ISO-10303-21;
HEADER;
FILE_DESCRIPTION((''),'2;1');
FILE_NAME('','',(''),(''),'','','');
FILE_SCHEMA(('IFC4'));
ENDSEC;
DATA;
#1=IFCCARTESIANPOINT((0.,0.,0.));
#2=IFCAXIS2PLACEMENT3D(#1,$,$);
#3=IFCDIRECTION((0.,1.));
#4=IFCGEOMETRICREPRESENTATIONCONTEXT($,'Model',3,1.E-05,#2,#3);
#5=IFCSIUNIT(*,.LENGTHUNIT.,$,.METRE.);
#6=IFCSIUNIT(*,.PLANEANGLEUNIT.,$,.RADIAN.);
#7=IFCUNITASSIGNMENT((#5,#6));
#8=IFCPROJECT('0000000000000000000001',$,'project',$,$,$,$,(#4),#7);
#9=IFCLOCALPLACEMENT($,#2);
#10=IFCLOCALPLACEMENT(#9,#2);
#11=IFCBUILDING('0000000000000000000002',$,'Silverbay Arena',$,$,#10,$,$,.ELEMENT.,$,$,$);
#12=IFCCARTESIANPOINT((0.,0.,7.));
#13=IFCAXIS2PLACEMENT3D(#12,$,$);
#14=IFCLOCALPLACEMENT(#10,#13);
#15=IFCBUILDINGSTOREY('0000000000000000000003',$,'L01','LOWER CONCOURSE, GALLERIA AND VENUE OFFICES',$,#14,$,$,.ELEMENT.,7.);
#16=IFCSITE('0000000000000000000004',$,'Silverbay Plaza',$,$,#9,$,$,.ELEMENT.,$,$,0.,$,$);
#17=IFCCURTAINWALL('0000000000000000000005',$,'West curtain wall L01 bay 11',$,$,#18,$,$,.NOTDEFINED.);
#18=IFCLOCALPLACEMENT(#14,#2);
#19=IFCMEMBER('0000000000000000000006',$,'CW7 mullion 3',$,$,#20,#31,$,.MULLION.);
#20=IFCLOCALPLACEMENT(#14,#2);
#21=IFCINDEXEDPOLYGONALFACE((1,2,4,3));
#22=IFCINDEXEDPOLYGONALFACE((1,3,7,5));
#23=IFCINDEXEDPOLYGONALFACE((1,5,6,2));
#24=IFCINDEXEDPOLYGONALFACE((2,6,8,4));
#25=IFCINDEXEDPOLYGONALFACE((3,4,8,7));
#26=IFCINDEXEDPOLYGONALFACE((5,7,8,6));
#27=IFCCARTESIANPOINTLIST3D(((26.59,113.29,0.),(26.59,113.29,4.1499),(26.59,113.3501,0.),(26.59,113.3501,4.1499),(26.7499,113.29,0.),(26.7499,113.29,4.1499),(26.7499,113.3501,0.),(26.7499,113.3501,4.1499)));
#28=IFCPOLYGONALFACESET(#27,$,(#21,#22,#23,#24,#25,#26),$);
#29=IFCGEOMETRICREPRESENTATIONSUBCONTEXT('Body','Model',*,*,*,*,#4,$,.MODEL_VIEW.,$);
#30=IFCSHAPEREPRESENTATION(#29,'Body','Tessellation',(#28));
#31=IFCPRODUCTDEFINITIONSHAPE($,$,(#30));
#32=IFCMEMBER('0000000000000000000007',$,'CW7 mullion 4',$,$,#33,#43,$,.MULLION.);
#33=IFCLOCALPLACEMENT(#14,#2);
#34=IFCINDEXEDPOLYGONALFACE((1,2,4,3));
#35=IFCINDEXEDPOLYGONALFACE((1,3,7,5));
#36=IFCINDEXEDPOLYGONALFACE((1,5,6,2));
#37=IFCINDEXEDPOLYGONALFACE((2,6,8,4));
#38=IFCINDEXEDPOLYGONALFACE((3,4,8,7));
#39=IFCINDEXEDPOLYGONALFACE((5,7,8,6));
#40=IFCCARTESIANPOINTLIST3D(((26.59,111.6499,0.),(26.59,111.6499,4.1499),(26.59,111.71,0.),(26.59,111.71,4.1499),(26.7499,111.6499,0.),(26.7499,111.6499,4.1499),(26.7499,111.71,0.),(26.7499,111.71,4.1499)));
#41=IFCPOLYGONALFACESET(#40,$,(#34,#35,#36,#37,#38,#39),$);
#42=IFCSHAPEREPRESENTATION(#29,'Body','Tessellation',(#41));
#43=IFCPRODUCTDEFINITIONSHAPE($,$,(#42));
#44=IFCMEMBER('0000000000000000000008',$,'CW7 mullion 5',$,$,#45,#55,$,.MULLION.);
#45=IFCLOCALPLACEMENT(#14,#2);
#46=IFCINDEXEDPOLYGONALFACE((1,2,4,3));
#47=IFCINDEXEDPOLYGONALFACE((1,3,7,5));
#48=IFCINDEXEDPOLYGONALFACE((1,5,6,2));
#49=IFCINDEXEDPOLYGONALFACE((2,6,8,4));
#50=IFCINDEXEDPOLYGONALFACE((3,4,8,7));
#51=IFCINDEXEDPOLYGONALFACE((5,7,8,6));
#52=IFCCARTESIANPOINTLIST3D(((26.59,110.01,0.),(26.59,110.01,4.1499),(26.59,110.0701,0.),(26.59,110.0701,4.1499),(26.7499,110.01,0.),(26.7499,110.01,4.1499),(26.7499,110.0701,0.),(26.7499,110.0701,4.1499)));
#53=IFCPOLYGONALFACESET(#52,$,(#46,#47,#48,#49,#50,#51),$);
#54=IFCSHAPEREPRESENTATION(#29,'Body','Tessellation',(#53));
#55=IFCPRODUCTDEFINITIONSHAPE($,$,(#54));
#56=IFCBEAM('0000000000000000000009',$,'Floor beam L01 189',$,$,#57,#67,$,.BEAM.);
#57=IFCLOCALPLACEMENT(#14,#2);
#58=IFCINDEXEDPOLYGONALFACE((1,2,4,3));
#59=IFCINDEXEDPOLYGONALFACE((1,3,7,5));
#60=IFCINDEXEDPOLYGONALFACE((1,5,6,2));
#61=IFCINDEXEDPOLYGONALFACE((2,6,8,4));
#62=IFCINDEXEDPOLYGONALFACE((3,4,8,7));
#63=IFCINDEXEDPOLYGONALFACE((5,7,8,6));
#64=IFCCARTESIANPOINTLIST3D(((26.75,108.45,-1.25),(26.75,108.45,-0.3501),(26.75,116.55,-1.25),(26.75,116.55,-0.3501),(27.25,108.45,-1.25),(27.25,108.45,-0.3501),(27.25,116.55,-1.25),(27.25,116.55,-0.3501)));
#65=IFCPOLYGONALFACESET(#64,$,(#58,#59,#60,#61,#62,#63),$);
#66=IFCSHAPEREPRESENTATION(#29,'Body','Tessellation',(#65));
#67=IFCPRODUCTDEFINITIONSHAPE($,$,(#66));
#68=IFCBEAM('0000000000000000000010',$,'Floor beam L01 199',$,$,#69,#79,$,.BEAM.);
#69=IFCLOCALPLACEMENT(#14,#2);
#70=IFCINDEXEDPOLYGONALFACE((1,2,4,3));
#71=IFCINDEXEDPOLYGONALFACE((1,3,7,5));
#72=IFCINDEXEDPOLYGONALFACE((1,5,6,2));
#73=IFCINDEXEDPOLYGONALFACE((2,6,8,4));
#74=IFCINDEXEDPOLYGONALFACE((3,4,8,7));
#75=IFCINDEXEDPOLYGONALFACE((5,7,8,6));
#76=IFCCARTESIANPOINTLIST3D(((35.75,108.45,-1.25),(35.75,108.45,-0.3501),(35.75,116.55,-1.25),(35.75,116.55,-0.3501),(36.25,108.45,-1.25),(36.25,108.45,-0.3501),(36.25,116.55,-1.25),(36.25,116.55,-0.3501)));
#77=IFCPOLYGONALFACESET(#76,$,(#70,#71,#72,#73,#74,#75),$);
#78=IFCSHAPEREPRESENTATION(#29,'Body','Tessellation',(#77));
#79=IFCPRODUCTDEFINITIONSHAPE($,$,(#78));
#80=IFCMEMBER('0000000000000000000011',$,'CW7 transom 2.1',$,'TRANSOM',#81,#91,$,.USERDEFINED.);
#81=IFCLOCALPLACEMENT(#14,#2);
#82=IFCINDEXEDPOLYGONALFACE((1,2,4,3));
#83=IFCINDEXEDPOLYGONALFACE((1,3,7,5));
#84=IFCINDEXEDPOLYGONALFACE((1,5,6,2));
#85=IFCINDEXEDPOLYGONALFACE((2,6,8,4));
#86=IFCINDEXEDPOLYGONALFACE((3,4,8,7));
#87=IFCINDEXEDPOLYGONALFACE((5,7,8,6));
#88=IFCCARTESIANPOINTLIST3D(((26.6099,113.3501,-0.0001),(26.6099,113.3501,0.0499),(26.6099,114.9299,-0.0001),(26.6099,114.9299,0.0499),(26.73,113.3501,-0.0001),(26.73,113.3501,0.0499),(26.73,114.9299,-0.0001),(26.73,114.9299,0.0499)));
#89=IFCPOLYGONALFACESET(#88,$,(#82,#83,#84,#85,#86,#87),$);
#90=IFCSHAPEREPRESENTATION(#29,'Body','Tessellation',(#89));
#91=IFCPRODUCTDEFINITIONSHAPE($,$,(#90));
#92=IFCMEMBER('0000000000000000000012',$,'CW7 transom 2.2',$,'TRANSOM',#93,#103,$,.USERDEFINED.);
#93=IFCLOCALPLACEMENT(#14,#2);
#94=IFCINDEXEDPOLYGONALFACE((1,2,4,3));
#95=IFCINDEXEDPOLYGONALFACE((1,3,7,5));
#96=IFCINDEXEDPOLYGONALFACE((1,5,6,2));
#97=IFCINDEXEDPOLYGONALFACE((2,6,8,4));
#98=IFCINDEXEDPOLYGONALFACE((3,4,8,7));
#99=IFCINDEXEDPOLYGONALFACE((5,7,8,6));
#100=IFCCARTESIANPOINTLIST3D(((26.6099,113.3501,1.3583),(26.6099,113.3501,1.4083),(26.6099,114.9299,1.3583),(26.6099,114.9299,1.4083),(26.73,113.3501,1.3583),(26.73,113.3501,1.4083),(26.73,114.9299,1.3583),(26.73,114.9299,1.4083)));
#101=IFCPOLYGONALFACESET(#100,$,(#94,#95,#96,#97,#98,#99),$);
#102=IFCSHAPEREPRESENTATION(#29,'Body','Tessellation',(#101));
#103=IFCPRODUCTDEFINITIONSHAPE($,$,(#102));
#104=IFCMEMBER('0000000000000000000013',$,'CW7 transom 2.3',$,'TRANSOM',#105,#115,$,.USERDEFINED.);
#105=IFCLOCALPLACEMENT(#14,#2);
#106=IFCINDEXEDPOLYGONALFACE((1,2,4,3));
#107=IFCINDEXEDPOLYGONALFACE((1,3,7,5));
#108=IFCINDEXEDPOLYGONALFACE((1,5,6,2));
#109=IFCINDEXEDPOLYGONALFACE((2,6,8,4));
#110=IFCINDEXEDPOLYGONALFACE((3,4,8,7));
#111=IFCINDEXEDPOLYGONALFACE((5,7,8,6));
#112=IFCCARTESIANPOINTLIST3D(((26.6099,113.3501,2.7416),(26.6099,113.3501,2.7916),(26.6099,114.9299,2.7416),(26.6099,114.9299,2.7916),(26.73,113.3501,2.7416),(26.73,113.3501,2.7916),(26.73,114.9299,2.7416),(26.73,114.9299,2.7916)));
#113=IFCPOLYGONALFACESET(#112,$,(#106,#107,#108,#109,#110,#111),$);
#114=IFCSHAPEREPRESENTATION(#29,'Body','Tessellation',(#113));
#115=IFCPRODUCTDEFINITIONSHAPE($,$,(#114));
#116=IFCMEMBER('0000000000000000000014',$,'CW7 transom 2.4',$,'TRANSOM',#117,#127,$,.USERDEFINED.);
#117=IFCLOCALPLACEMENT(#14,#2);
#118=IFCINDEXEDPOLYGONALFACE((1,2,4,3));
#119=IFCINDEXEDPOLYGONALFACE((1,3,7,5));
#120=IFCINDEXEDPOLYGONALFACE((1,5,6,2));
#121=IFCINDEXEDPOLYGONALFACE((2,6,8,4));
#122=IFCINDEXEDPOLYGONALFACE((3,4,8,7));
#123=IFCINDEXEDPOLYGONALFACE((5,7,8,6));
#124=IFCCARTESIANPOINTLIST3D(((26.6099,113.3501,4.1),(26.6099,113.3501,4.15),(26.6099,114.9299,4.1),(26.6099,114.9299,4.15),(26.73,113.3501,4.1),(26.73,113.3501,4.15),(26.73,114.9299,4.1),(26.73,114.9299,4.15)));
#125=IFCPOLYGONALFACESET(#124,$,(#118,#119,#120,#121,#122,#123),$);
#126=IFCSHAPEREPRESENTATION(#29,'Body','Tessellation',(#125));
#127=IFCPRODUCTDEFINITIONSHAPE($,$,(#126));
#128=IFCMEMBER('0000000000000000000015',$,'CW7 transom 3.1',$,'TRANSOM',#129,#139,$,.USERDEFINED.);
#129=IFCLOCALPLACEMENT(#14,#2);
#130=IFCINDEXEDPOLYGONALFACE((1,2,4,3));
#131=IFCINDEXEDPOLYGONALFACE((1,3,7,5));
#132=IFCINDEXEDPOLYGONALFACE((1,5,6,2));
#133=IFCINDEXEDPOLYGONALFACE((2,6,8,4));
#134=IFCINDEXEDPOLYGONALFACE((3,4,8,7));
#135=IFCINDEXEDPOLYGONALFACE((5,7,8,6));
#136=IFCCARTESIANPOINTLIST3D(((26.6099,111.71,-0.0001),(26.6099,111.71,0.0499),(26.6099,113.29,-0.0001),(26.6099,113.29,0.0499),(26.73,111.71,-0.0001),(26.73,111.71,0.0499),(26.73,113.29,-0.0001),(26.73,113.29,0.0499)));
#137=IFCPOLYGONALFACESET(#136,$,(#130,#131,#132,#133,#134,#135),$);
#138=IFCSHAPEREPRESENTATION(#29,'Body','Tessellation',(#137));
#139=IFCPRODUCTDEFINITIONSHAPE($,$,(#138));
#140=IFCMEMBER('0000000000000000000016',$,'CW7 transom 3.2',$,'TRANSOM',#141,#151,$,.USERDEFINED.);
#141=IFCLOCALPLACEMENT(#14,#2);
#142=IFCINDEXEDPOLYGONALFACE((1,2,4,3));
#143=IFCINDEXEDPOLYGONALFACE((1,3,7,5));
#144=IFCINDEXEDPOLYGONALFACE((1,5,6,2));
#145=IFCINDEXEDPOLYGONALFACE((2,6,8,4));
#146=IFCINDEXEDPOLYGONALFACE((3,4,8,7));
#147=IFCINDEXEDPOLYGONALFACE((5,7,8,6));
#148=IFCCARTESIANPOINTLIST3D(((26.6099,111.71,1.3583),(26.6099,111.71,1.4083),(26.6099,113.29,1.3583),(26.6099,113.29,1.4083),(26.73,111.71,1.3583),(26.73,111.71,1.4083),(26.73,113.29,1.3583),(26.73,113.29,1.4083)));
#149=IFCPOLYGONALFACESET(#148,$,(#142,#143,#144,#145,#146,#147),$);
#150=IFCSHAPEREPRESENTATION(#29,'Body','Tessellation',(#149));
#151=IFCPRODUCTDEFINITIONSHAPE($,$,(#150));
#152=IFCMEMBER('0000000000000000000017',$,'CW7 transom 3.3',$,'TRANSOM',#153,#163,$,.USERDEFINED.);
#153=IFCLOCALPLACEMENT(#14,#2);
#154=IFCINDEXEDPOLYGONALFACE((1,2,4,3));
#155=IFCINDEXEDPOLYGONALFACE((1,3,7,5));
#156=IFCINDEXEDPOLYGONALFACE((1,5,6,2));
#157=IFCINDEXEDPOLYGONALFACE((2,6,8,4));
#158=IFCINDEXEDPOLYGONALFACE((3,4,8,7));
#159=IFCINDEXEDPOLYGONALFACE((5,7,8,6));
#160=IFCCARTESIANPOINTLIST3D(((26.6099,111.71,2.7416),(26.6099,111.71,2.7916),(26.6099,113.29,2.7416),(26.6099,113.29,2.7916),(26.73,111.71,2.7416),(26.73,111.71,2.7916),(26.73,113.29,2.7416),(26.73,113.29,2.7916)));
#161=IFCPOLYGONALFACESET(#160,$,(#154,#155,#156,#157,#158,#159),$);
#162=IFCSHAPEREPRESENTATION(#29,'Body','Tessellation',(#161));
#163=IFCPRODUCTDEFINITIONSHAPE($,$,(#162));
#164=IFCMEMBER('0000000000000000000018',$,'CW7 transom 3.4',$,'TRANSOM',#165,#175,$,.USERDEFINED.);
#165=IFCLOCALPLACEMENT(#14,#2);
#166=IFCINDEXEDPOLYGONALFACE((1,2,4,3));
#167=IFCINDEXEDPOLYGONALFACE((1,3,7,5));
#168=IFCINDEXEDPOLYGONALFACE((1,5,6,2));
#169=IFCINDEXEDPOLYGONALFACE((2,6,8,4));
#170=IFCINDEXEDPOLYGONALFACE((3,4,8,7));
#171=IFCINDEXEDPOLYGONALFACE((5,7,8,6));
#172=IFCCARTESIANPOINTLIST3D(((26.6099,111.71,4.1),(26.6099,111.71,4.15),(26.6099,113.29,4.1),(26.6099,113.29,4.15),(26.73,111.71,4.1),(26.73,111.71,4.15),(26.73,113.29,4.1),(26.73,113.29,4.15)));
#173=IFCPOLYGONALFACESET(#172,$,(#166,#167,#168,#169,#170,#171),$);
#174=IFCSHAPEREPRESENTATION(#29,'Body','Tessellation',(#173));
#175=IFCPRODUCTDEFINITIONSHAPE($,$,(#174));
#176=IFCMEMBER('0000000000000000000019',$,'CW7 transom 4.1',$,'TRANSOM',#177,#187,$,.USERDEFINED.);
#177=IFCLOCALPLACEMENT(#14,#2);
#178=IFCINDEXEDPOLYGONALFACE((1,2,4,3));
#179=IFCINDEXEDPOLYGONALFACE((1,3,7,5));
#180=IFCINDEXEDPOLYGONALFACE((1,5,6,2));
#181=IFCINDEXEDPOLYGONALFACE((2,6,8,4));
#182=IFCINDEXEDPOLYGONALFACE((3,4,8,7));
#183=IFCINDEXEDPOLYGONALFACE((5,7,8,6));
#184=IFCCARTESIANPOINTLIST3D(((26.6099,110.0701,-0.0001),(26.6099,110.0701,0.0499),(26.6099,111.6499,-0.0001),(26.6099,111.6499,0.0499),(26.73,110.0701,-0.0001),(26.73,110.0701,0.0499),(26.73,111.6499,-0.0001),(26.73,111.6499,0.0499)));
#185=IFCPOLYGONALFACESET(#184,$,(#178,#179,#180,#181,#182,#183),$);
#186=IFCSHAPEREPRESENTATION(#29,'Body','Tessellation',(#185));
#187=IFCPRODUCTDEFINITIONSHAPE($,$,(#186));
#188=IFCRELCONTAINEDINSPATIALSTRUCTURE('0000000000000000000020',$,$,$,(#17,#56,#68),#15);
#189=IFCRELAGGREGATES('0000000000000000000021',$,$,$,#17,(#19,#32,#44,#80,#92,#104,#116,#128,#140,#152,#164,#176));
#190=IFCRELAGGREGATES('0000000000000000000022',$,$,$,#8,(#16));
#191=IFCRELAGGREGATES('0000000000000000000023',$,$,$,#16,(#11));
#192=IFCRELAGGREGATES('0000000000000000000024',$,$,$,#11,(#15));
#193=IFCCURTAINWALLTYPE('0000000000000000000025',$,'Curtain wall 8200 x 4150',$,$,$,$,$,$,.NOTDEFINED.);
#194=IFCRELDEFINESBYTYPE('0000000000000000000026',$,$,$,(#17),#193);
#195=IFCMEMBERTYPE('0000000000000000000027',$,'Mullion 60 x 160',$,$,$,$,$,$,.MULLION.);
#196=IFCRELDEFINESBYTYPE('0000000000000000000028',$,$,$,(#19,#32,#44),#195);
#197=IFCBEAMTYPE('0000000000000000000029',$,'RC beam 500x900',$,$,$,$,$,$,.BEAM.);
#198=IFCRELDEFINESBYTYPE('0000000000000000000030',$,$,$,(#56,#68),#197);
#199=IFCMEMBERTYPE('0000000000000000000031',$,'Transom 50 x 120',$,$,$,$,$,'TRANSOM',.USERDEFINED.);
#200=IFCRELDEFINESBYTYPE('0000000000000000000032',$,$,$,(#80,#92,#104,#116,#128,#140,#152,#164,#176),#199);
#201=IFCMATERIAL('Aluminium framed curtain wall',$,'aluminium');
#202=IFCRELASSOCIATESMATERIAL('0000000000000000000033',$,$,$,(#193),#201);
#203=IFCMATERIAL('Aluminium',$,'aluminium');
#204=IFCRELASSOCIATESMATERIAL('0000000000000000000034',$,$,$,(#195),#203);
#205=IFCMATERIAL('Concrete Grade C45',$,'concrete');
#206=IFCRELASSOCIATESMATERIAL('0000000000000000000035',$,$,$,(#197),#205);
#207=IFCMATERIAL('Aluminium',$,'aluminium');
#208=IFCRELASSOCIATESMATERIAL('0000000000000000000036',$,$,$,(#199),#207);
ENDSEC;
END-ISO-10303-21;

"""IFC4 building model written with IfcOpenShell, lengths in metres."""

from ifc_helpers import new_model, si_unit, direction, frame, origin, origin_2d, place, context, subcontext, project, spatial, rectangle, extrude, material, material_profile, profile_set, type_object, element, aggregate, save


model = new_model("IFC4")

# Units and contexts
model_context = context("Model", 3, precision=1e-05, world=origin(), true_north=direction((0.0, 1.0)))
body_context = subcontext(model_context, "Body", "Model", "MODEL_VIEW")
ifc_project = project(units=[si_unit("LENGTHUNIT", "METRE"), si_unit("PLANEANGLEUNIT", "RADIAN")], contexts=[model_context])

# Site, building, storey
site_placement = place(None, origin())
site = spatial("IfcSite", under=ifc_project, at=site_placement, Name="Silverbay Plaza", CompositionType="ELEMENT", RefElevation=0.0)
building_placement = place(site_placement, origin())
building = spatial("IfcBuilding", under=site, at=building_placement, Name="Silverbay Arena", CompositionType="ELEMENT")
storey_placement = place(building_placement, frame((0.0, 0.0, 7.0)))
storey = spatial("IfcBuildingStorey", under=building, at=storey_placement, Name="L01", Description="LOWER CONCOURSE, GALLERIA AND VENUE OFFICES", CompositionType="ELEMENT", Elevation=7.0)

# Curtain wall, members
ifc_material_1 = material(Name="Aluminium framed curtain wall", Category="aluminium")
curtain_wall_type = type_object("IfcCurtainWallType", Name="Curtain wall 8200 x 4150", PredefinedType="NOTDEFINED", material=ifc_material_1)
curtain_wall_placement = place(storey_placement, origin())
curtain_wall = element("IfcCurtainWall", 1, at=curtain_wall_placement, inside=storey, type_object=curtain_wall_type, Name="West curtain wall L01 bay 11", PredefinedType="NOTDEFINED")
ifc_material_2 = material(Name="Aluminium", Category="aluminium")
ifc_material_profile_1 = material_profile(ifc_material_2, rectangle(XDim=0.1599, YDim=0.0601, at=origin_2d()), Name="Mullion 60 x 160")
ifc_profile_set_1 = profile_set([ifc_material_profile_1], Name="Aluminium")
member_type_1 = type_object("IfcMemberType", Name="Mullion 60 x 160", PredefinedType="MULLION", material=ifc_profile_set_1)
member_1_placement = place(storey_placement, frame((26.6699, 113.3201, 0.0), z_axis=(0.0, 0.0, 1.0), x_axis=(1.0, 0.0, 0.0)))
member_1 = element("IfcMember", 2, at=member_1_placement, type_object=member_type_1, Name="CW7 mullion 3", PredefinedType="MULLION", context=body_context, shape_type="SweptSolid", body=[
    extrude(rectangle(XDim=0.1599, YDim=0.0601, at=origin_2d()), origin(), (0.0, 0.0, 1.0), 4.1499),
])
member_2_placement = place(storey_placement, frame((26.6699, 111.6799, 0.0), z_axis=(0.0, 0.0, 1.0), x_axis=(1.0, 0.0, 0.0)))
member_2 = element("IfcMember", 3, at=member_2_placement, type_object=member_type_1, Name="CW7 mullion 4", PredefinedType="MULLION", context=body_context, shape_type="SweptSolid", body=[
    extrude(rectangle(XDim=0.1599, YDim=0.0601, at=origin_2d()), origin(), (0.0, 0.0, 1.0), 4.1499),
])
member_3_placement = place(storey_placement, frame((26.6699, 110.04, 0.0), z_axis=(0.0, 0.0, 1.0), x_axis=(1.0, 0.0, 0.0)))
member_3 = element("IfcMember", 4, at=member_3_placement, type_object=member_type_1, Name="CW7 mullion 5", PredefinedType="MULLION", context=body_context, shape_type="SweptSolid", body=[
    extrude(rectangle(XDim=0.1599, YDim=0.0601, at=origin_2d()), origin(), (0.0, 0.0, 1.0), 4.1499),
])

# Beams
ifc_material_3 = material(Name="Concrete Grade C45", Category="concrete")
ifc_material_profile_2 = material_profile(ifc_material_3, rectangle(XDim=0.5, YDim=0.8999, at=origin_2d()), Name="RC 500x900")
ifc_profile_set_2 = profile_set([ifc_material_profile_2], Name="Concrete Grade C45")
beam_type = type_object("IfcBeamType", Name="RC beam 500x900", PredefinedType="BEAM", material=ifc_profile_set_2)
for number, where, z_axis, x_axis, name in (
    (5, (27.0, 108.45, -0.8), (0.0, 1.0, 0.0), (-1.0, 0.0, 0.0), "Floor beam L01 189"),
    (6, (36.0, 108.45, -0.8), (0.0, 1.0, 0.0), (-1.0, 0.0, 0.0), "Floor beam L01 199"),
):
    element("IfcBeam", number, at=place(storey_placement, frame(where, z_axis=z_axis, x_axis=x_axis)), inside=storey, type_object=beam_type, Name=name, PredefinedType="BEAM", context=body_context, shape_type="SweptSolid", body=[
        extrude(rectangle(XDim=0.5, YDim=0.8999, at=origin_2d()), origin(), (0.0, 0.0, 1.0), 8.1001),
    ])

# Members
ifc_material_4 = material(Name="Aluminium", Category="aluminium")
ifc_material_profile_3 = material_profile(ifc_material_4, rectangle(XDim=0.1201, YDim=0.05, at=origin_2d()), Name="Transom 50 x 120")
ifc_profile_set_3 = profile_set([ifc_material_profile_3], Name="Aluminium")
member_type_2 = type_object("IfcMemberType", Name="Transom 50 x 120", ElementType="TRANSOM", PredefinedType="USERDEFINED", material=ifc_profile_set_3)
member_4_placement = place(storey_placement, frame((26.6699, 114.9299, 0.0249), z_axis=(0.0, -1.0, 0.0), x_axis=(1.0, 0.0, 0.0)))
member_4 = element("IfcMember", 7, at=member_4_placement, type_object=member_type_2, Name="CW7 transom 2.1", ObjectType="TRANSOM", PredefinedType="USERDEFINED", context=body_context, shape_type="SweptSolid", body=[
    extrude(rectangle(XDim=0.1201, YDim=0.05, at=origin_2d()), origin(), (0.0, 0.0, 1.0), 1.5798),
])
member_5_placement = place(storey_placement, frame((26.6699, 114.9299, 1.3833), z_axis=(0.0, -1.0, 0.0), x_axis=(1.0, 0.0, 0.0)))
member_5 = element("IfcMember", 8, at=member_5_placement, type_object=member_type_2, Name="CW7 transom 2.2", ObjectType="TRANSOM", PredefinedType="USERDEFINED", context=body_context, shape_type="SweptSolid", body=[
    extrude(rectangle(XDim=0.1201, YDim=0.05, at=origin_2d()), origin(), (0.0, 0.0, 1.0), 1.5798),
])
member_6_placement = place(storey_placement, frame((26.6699, 114.9299, 2.7666), z_axis=(0.0, -1.0, 0.0), x_axis=(1.0, 0.0, 0.0)))
member_6 = element("IfcMember", 9, at=member_6_placement, type_object=member_type_2, Name="CW7 transom 2.3", ObjectType="TRANSOM", PredefinedType="USERDEFINED", context=body_context, shape_type="SweptSolid", body=[
    extrude(rectangle(XDim=0.1201, YDim=0.05, at=origin_2d()), origin(), (0.0, 0.0, 1.0), 1.5798),
])
member_7_placement = place(storey_placement, frame((26.6699, 114.9299, 4.125), z_axis=(0.0, -1.0, 0.0), x_axis=(1.0, 0.0, 0.0)))
member_7 = element("IfcMember", 10, at=member_7_placement, type_object=member_type_2, Name="CW7 transom 2.4", ObjectType="TRANSOM", PredefinedType="USERDEFINED", context=body_context, shape_type="SweptSolid", body=[
    extrude(rectangle(XDim=0.1201, YDim=0.05, at=origin_2d()), origin(), (0.0, 0.0, 1.0), 1.5798),
])
member_8_placement = place(storey_placement, frame((26.6699, 113.29, 0.0249), z_axis=(0.0, -1.0, 0.0), x_axis=(1.0, 0.0, 0.0)))
member_8 = element("IfcMember", 11, at=member_8_placement, type_object=member_type_2, Name="CW7 transom 3.1", ObjectType="TRANSOM", PredefinedType="USERDEFINED", context=body_context, shape_type="SweptSolid", body=[
    extrude(rectangle(XDim=0.1201, YDim=0.05, at=origin_2d()), origin(), (0.0, 0.0, 1.0), 1.5801),
])
member_9_placement = place(storey_placement, frame((26.6699, 113.29, 1.3833), z_axis=(0.0, -1.0, 0.0), x_axis=(1.0, 0.0, 0.0)))
member_9 = element("IfcMember", 12, at=member_9_placement, type_object=member_type_2, Name="CW7 transom 3.2", ObjectType="TRANSOM", PredefinedType="USERDEFINED", context=body_context, shape_type="SweptSolid", body=[
    extrude(rectangle(XDim=0.1201, YDim=0.05, at=origin_2d()), origin(), (0.0, 0.0, 1.0), 1.5801),
])
member_10_placement = place(storey_placement, frame((26.6699, 113.29, 2.7666), z_axis=(0.0, -1.0, 0.0), x_axis=(1.0, 0.0, 0.0)))
member_10 = element("IfcMember", 13, at=member_10_placement, type_object=member_type_2, Name="CW7 transom 3.3", ObjectType="TRANSOM", PredefinedType="USERDEFINED", context=body_context, shape_type="SweptSolid", body=[
    extrude(rectangle(XDim=0.1201, YDim=0.05, at=origin_2d()), origin(), (0.0, 0.0, 1.0), 1.5801),
])
member_11_placement = place(storey_placement, frame((26.6699, 113.29, 4.125), z_axis=(0.0, -1.0, 0.0), x_axis=(1.0, 0.0, 0.0)))
member_11 = element("IfcMember", 14, at=member_11_placement, type_object=member_type_2, Name="CW7 transom 3.4", ObjectType="TRANSOM", PredefinedType="USERDEFINED", context=body_context, shape_type="SweptSolid", body=[
    extrude(rectangle(XDim=0.1201, YDim=0.05, at=origin_2d()), origin(), (0.0, 0.0, 1.0), 1.5801),
])
member_12_placement = place(storey_placement, frame((26.6699, 111.6499, 0.0249), z_axis=(0.0, -1.0, 0.0), x_axis=(1.0, 0.0, 0.0)))
member_12 = element("IfcMember", 15, at=member_12_placement, type_object=member_type_2, Name="CW7 transom 4.1", ObjectType="TRANSOM", PredefinedType="USERDEFINED", context=body_context, shape_type="SweptSolid", body=[
    extrude(rectangle(XDim=0.1201, YDim=0.05, at=origin_2d()), origin(), (0.0, 0.0, 1.0), 1.5798),
])

aggregate(curtain_wall, [member_1, member_2, member_3, member_4, member_5, member_6, member_7, member_8, member_9, member_10, member_11, member_12])

save(model, "model.ifc")
